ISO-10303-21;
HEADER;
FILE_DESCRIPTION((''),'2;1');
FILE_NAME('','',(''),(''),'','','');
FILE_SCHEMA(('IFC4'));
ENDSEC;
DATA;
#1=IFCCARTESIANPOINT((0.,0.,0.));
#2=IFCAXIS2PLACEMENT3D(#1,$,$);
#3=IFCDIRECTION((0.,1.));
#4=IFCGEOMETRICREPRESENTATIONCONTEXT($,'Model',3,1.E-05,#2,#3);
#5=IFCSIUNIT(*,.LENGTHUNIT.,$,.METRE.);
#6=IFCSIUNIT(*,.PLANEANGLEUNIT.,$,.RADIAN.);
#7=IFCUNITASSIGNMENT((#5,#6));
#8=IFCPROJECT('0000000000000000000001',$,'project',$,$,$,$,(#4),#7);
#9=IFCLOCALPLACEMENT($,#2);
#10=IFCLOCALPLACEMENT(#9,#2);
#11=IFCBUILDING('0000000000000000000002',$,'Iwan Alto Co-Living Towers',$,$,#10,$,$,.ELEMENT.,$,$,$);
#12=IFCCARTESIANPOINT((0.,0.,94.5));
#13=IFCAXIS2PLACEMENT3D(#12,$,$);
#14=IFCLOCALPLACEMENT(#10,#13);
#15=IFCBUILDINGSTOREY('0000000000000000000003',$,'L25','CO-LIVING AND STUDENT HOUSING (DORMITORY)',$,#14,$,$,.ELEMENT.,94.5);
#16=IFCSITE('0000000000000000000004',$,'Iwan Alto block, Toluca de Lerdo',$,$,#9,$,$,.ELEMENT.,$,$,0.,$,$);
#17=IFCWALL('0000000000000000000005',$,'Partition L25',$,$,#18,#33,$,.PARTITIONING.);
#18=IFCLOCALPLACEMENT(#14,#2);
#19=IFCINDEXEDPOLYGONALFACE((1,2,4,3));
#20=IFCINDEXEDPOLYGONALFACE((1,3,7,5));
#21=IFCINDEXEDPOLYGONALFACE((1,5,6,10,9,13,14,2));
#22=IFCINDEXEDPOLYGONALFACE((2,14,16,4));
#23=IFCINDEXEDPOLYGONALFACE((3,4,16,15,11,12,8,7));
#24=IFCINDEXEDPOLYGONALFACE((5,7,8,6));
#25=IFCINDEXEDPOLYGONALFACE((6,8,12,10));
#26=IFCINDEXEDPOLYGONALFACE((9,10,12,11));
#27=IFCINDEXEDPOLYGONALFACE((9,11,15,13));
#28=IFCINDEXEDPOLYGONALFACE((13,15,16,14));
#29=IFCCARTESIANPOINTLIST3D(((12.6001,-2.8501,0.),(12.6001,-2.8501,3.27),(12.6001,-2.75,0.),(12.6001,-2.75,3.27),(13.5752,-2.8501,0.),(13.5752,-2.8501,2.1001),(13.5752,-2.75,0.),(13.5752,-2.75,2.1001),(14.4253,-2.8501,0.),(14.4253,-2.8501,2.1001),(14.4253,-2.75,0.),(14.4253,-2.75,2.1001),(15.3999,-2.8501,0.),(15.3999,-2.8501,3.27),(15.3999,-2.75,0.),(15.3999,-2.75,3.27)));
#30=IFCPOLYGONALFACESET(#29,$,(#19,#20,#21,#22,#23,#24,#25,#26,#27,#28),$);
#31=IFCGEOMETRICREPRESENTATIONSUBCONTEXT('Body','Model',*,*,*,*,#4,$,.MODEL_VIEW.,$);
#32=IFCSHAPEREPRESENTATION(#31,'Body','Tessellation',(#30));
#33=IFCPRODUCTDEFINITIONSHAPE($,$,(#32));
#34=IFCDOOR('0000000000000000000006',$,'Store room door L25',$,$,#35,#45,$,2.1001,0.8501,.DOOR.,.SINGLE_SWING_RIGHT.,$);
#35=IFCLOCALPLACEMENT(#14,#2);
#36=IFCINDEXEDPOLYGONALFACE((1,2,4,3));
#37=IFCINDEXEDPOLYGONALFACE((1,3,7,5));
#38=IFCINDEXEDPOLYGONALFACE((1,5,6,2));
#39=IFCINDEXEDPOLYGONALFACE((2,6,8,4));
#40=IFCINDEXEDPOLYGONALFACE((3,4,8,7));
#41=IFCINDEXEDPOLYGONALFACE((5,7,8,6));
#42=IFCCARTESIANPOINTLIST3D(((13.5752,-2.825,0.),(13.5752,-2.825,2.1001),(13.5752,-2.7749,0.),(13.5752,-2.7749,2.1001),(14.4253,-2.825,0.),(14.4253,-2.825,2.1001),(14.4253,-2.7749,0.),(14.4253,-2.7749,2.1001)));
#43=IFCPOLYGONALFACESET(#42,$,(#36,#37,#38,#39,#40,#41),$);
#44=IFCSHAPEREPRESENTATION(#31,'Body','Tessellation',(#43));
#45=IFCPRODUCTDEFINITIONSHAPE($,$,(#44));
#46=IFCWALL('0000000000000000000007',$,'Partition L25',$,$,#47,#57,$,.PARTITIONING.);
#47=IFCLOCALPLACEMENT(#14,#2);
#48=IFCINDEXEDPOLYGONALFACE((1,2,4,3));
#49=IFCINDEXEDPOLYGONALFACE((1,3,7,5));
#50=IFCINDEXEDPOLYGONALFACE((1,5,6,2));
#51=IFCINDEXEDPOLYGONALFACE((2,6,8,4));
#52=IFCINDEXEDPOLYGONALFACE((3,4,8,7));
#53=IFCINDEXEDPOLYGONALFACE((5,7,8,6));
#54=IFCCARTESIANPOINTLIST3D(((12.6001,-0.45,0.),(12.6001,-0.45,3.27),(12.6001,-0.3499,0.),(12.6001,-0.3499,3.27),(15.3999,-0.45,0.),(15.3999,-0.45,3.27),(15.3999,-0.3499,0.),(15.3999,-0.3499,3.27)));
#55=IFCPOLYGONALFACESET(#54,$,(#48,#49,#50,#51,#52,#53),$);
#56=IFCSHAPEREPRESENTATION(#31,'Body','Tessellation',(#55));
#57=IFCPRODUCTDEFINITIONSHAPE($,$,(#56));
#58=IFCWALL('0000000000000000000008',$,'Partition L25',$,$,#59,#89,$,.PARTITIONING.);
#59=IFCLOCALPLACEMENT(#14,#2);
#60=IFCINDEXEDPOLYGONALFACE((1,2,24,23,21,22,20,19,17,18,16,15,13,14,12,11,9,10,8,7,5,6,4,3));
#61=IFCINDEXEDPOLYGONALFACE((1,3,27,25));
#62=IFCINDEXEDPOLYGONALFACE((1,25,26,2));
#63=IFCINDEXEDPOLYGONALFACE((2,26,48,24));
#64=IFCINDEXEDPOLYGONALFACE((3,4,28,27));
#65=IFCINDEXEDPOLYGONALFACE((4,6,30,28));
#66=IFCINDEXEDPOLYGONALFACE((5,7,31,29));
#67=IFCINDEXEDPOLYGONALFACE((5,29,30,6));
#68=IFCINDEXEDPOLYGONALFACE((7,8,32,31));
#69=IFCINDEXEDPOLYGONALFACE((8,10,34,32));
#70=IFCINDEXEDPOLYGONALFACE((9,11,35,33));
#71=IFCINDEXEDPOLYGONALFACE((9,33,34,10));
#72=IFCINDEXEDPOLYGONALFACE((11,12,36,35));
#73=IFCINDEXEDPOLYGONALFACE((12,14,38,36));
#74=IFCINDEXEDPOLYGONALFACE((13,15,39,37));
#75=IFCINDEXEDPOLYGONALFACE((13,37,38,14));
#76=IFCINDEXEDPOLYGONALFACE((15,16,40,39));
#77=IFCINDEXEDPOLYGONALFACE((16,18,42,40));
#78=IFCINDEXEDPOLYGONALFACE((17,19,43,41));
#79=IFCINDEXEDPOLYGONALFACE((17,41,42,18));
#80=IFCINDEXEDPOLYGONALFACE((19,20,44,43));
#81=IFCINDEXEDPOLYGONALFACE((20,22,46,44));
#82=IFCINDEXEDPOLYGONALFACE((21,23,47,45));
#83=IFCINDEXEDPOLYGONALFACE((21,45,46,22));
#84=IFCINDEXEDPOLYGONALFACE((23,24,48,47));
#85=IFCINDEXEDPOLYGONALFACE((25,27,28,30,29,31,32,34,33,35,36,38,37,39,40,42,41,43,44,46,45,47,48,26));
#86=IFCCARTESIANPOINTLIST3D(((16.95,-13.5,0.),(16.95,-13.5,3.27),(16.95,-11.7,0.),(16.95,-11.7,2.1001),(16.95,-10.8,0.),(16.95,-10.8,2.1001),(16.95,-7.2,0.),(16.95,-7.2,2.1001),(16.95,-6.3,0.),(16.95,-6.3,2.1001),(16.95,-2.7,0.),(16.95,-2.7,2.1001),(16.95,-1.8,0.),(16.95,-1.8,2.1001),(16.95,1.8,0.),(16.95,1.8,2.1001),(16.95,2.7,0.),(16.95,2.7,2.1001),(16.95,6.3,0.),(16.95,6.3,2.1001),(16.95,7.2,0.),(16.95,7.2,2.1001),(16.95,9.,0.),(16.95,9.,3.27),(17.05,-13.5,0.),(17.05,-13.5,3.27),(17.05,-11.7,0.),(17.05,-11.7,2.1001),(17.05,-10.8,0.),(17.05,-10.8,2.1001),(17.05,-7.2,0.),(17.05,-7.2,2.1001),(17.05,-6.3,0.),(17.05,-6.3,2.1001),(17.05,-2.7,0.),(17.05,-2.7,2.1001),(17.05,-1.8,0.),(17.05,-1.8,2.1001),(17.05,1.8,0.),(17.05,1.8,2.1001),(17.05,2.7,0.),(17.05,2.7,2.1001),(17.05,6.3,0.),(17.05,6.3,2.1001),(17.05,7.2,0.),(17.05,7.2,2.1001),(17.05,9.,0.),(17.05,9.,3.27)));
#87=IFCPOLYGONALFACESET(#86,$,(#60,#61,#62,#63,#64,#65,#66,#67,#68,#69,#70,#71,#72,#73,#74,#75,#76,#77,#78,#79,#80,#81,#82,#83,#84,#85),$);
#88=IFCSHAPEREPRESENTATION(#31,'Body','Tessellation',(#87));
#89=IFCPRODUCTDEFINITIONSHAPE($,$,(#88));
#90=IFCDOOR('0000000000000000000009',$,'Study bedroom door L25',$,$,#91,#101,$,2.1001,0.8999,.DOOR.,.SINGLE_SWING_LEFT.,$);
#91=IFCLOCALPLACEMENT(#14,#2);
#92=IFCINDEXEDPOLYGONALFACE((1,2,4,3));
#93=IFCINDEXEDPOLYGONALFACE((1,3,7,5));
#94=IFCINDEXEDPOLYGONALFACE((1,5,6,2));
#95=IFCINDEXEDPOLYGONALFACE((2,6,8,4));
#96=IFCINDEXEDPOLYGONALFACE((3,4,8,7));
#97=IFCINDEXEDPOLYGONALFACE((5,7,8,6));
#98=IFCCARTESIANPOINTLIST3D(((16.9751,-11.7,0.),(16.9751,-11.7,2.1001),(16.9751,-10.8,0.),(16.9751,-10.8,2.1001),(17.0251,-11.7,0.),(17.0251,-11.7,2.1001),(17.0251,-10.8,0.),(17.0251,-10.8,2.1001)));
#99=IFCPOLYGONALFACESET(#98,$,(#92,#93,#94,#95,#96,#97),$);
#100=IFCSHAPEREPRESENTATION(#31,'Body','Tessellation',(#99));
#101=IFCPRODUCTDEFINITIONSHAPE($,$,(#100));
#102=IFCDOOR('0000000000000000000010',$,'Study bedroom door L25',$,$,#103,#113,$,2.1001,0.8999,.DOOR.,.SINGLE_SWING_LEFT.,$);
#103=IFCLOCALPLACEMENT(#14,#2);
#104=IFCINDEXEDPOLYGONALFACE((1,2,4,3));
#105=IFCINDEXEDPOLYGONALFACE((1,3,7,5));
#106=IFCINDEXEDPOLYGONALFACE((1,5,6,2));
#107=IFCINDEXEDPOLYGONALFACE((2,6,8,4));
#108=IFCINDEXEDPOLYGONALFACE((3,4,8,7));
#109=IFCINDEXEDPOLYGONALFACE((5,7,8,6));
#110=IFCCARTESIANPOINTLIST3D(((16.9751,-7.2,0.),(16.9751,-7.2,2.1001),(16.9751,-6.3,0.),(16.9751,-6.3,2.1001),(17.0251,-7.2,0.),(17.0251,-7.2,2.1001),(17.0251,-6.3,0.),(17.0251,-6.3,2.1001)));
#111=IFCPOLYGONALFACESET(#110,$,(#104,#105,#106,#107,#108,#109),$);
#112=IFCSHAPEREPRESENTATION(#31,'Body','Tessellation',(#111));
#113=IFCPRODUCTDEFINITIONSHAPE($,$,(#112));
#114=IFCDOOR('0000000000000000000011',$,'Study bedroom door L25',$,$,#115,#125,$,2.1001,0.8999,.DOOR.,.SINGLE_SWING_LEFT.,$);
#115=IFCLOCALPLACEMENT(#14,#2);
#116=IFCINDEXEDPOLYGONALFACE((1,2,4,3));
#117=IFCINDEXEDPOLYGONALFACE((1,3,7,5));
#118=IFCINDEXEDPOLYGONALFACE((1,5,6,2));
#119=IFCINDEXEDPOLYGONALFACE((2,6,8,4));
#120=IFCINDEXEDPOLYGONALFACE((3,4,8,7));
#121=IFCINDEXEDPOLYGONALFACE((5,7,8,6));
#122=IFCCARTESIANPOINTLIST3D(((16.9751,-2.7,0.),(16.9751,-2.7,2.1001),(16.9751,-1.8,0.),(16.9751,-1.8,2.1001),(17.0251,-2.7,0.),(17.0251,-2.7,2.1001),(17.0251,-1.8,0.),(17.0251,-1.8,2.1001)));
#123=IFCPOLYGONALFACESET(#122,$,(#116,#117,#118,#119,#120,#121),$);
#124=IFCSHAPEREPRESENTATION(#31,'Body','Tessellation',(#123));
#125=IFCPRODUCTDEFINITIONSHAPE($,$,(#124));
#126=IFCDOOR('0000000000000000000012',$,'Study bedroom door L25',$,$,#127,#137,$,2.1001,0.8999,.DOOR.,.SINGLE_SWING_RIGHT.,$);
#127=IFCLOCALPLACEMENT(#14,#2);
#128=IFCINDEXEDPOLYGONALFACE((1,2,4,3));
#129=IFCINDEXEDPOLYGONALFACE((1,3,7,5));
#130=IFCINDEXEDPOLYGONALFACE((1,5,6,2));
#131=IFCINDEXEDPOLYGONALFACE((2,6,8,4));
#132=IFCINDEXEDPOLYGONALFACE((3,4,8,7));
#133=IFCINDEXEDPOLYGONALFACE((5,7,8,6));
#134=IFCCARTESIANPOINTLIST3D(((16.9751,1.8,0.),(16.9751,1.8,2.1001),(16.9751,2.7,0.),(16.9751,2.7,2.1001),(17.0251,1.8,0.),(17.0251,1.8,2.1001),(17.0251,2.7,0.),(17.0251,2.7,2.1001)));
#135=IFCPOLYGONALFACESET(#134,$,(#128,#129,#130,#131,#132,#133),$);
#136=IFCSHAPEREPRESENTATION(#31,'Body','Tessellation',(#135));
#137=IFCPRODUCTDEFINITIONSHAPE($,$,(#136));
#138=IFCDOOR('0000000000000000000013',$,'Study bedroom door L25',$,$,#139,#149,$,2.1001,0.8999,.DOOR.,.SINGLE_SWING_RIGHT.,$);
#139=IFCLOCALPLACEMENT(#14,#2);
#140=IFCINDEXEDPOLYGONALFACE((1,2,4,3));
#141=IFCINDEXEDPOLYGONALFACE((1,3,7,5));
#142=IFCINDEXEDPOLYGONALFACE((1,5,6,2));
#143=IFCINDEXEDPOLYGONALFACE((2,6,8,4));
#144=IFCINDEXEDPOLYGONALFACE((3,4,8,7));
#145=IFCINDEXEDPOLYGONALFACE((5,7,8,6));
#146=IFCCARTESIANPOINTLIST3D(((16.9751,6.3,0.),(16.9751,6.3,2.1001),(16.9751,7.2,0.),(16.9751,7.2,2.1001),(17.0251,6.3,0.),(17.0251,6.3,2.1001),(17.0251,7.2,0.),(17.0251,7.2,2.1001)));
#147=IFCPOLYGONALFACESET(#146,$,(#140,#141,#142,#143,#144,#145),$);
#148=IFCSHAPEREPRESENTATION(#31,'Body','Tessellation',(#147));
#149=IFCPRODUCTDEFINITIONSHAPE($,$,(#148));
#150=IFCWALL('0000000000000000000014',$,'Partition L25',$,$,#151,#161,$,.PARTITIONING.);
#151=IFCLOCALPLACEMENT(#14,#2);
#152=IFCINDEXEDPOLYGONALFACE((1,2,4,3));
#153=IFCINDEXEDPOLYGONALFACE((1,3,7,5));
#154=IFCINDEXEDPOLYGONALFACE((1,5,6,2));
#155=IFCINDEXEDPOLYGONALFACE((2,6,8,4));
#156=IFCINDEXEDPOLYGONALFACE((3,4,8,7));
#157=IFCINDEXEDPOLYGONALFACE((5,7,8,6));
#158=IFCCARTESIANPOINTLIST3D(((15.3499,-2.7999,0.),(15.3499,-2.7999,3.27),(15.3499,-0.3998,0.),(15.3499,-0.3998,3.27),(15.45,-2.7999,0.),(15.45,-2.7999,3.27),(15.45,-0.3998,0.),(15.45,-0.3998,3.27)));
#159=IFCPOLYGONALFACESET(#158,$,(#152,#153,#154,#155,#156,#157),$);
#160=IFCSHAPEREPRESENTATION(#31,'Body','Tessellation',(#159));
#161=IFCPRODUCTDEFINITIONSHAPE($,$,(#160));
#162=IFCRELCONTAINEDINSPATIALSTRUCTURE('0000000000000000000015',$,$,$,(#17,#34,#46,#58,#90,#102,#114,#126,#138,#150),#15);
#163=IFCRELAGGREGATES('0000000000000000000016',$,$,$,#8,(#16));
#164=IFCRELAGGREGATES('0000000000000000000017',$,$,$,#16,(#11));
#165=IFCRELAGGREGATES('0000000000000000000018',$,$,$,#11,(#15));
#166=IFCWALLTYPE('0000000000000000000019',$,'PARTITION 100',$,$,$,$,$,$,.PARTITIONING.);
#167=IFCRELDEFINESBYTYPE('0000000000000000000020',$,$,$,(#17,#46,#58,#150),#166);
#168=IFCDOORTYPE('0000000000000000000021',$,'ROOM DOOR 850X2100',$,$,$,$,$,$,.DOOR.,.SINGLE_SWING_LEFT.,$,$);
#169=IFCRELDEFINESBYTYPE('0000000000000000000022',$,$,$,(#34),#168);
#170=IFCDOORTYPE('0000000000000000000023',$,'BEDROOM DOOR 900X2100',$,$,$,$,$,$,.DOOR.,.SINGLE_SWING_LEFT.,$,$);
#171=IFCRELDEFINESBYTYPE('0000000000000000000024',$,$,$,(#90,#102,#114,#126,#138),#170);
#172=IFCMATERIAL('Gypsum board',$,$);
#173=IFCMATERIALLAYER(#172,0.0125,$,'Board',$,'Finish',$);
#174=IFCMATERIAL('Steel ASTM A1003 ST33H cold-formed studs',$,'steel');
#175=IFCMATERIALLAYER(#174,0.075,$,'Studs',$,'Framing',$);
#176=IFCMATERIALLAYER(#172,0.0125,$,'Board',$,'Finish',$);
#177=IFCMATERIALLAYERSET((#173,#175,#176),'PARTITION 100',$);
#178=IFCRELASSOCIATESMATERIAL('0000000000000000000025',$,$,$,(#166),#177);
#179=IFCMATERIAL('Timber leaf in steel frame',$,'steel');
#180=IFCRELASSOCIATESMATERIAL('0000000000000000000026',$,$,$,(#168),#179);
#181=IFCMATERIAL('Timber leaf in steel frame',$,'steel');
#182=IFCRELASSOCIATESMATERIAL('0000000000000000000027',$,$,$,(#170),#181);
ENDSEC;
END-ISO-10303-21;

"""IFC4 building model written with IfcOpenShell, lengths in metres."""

from ifc_helpers import new_model, si_unit, direction, frame, frame_2d, origin, place, context, subcontext, project, spatial, rectangle, extrude, material, layer, layer_set, type_object, element, fill, save


model = new_model("IFC4")

# Units and contexts
model_context = context("Model", 3, precision=1e-05, world=origin(), true_north=direction((0.0, 1.0)))
body_context = subcontext(model_context, "Body", "Model", "MODEL_VIEW")
ifc_project = project(units=[si_unit("LENGTHUNIT", "METRE"), si_unit("PLANEANGLEUNIT", "RADIAN")], contexts=[model_context])

# Site, building, storey
site_placement = place(None, origin())
site = spatial("IfcSite", under=ifc_project, at=site_placement, Name="Iwan Alto block, Toluca de Lerdo", CompositionType="ELEMENT", RefElevation=0.0)
building_placement = place(site_placement, origin())
building = spatial("IfcBuilding", under=site, at=building_placement, Name="Iwan Alto Co-Living Towers", CompositionType="ELEMENT")
storey_placement = place(building_placement, frame((0.0, 0.0, 94.5)))
storey = spatial("IfcBuildingStorey", under=building, at=storey_placement, Name="L25", Description="CO-LIVING AND STUDENT HOUSING (DORMITORY)", CompositionType="ELEMENT", Elevation=94.5)

# Shared definitions
ifc_material_1 = material(Name="Gypsum board")
ifc_material_2 = material(Name="Steel ASTM A1003 ST33H cold-formed studs", Category="steel")

# Shared definitions
ifc_layer_1 = layer(ifc_material_1, 0.0125, Name="Board", Category="Finish")
ifc_layer_2 = layer(ifc_material_2, 0.075, Name="Studs", Category="Framing")
ifc_layer_3 = layer(ifc_material_1, 0.0125, Name="Board", Category="Finish")
ifc_layer_set_1 = layer_set([ifc_layer_1, ifc_layer_2, ifc_layer_3], Name="PARTITION 100")
wall_type_1 = type_object("IfcWallType", Name="PARTITION 100", PredefinedType="PARTITIONING", material=ifc_layer_set_1)

# Wall, opening, door
wall_1_placement = place(storey_placement, frame((12.6001, -2.8, 0.0), z_axis=(0.0, 0.0, 1.0), x_axis=(1.0, 0.0, 0.0)))
wall_1 = element("IfcWall", 1, at=wall_1_placement, inside=storey, type_object=wall_type_1, Name="Partition L25", PredefinedType="PARTITIONING", context=body_context, shape_type="SweptSolid", body=[
    extrude(rectangle(XDim=2.7998, YDim=0.1001, at=frame_2d((1.3999, 0.0))), origin(), (0.0, 0.0, 1.0), 3.27),
])
opening_1_placement = place(wall_1_placement, frame((0.9751, 0.0, 0.0)))
opening_1 = element("IfcOpeningElement", 2, at=opening_1_placement, cuts=wall_1, PredefinedType="OPENING", context=body_context, shape_type="SweptSolid", body=[
    extrude(rectangle(XDim=0.8501, YDim=2.1001, at=frame_2d((0.425, 1.05))), frame((0.0, 0.0601, 0.0), z_axis=(0.0, -1.0, 0.0), x_axis=(1.0, 0.0, 0.0)), (0.0, 0.0, 1.0), 0.1201),
])
ifc_material_3 = material(Name="Timber leaf in steel frame", Category="steel")
door_type_1 = type_object("IfcDoorType", Name="ROOM DOOR 850X2100", OperationType="SINGLE_SWING_LEFT", PredefinedType="DOOR", material=ifc_material_3)
door_1_placement = place(opening_1_placement, frame((0.8501, 0.0, 0.0), z_axis=(0.0, 0.0, 1.0), x_axis=(-1.0, 0.0, 0.0)))
door_1 = element("IfcDoor", 3, at=door_1_placement, inside=storey, type_object=door_type_1, Name="Store room door L25", OperationType="SINGLE_SWING_RIGHT", OverallHeight=2.1001, OverallWidth=0.8501, PredefinedType="DOOR", context=body_context, shape_type="SweptSolid", body=[
    extrude(rectangle(XDim=0.8501, YDim=2.1001, at=frame_2d((0.425, 1.05))), frame((0.0, 0.0249, 0.0), z_axis=(0.0, -1.0, 0.0), x_axis=(1.0, 0.0, 0.0)), (0.0, 0.0, 1.0), 0.05),
])
fill(opening_1, door_1)

# Wall
wall_2_placement = place(storey_placement, frame((12.6001, -0.3999, 0.0), z_axis=(0.0, 0.0, 1.0), x_axis=(1.0, 0.0, 0.0)))
element("IfcWall", 4, at=wall_2_placement, inside=storey, type_object=wall_type_1, Name="Partition L25", PredefinedType="PARTITIONING", context=body_context, shape_type="SweptSolid", body=[
    extrude(rectangle(XDim=2.7998, YDim=0.1001, at=frame_2d((1.3999, 0.0))), origin(), (0.0, 0.0, 1.0), 3.27),
])

# Wall, openings, doors
wall_3_placement = place(storey_placement, frame((17.0, -13.5, 0.0), z_axis=(0.0, 0.0, 1.0), x_axis=(0.0, 1.0, 0.0)))
wall_3 = element("IfcWall", 5, at=wall_3_placement, inside=storey, type_object=wall_type_1, Name="Partition L25", PredefinedType="PARTITIONING", context=body_context, shape_type="SweptSolid", body=[
    extrude(rectangle(XDim=22.5, YDim=0.1001, at=frame_2d((11.25, 0.0))), origin(), (0.0, 0.0, 1.0), 3.27),
])
opening_2_placement = place(wall_3_placement, frame((1.8, 0.0, 0.0)))
opening_2 = element("IfcOpeningElement", 6, at=opening_2_placement, cuts=wall_3, PredefinedType="OPENING", context=body_context, shape_type="SweptSolid", body=[
    extrude(rectangle(XDim=0.8999, YDim=2.1001, at=frame_2d((0.45, 1.05))), frame((0.0, 0.0601, 0.0), z_axis=(0.0, -1.0, 0.0), x_axis=(1.0, 0.0, 0.0)), (0.0, 0.0, 1.0), 0.1201),
])
opening_3_placement = place(wall_3_placement, frame((6.3, 0.0, 0.0)))
opening_3 = element("IfcOpeningElement", 7, at=opening_3_placement, cuts=wall_3, PredefinedType="OPENING", context=body_context, shape_type="SweptSolid", body=[
    extrude(rectangle(XDim=0.8999, YDim=2.1001, at=frame_2d((0.45, 1.05))), frame((0.0, 0.0601, 0.0), z_axis=(0.0, -1.0, 0.0), x_axis=(1.0, 0.0, 0.0)), (0.0, 0.0, 1.0), 0.1201),
])
opening_4_placement = place(wall_3_placement, frame((10.8, 0.0, 0.0)))
opening_4 = element("IfcOpeningElement", 8, at=opening_4_placement, cuts=wall_3, PredefinedType="OPENING", context=body_context, shape_type="SweptSolid", body=[
    extrude(rectangle(XDim=0.8999, YDim=2.1001, at=frame_2d((0.45, 1.05))), frame((0.0, 0.0601, 0.0), z_axis=(0.0, -1.0, 0.0), x_axis=(1.0, 0.0, 0.0)), (0.0, 0.0, 1.0), 0.1201),
])
opening_5_placement = place(wall_3_placement, frame((15.3, 0.0, 0.0)))
opening_5 = element("IfcOpeningElement", 9, at=opening_5_placement, cuts=wall_3, PredefinedType="OPENING", context=body_context, shape_type="SweptSolid", body=[
    extrude(rectangle(XDim=0.8999, YDim=2.1001, at=frame_2d((0.45, 1.05))), frame((0.0, 0.0601, 0.0), z_axis=(0.0, -1.0, 0.0), x_axis=(1.0, 0.0, 0.0)), (0.0, 0.0, 1.0), 0.1201),
])
opening_6_placement = place(wall_3_placement, frame((19.8, 0.0, 0.0)))
opening_6 = element("IfcOpeningElement", 10, at=opening_6_placement, cuts=wall_3, PredefinedType="OPENING", context=body_context, shape_type="SweptSolid", body=[
    extrude(rectangle(XDim=0.8999, YDim=2.1001, at=frame_2d((0.45, 1.05))), frame((0.0, 0.0601, 0.0), z_axis=(0.0, -1.0, 0.0), x_axis=(1.0, 0.0, 0.0)), (0.0, 0.0, 1.0), 0.1201),
])
ifc_material_4 = material(Name="Timber leaf in steel frame", Category="steel")
door_type_2 = type_object("IfcDoorType", Name="BEDROOM DOOR 900X2100", OperationType="SINGLE_SWING_LEFT", PredefinedType="DOOR", material=ifc_material_4)
door_2_placement = place(opening_2_placement, origin())
door_2 = element("IfcDoor", 11, at=door_2_placement, inside=storey, type_object=door_type_2, Name="Study bedroom door L25", OperationType="SINGLE_SWING_LEFT", OverallHeight=2.1001, OverallWidth=0.8999, PredefinedType="DOOR", context=body_context, shape_type="SweptSolid", body=[
    extrude(rectangle(XDim=0.8999, YDim=2.1001, at=frame_2d((0.45, 1.05))), frame((0.0, 0.0249, 0.0), z_axis=(0.0, -1.0, 0.0), x_axis=(1.0, 0.0, 0.0)), (0.0, 0.0, 1.0), 0.05),
])
fill(opening_2, door_2)
door_3_placement = place(opening_3_placement, origin())
door_3 = element("IfcDoor", 12, at=door_3_placement, inside=storey, type_object=door_type_2, Name="Study bedroom door L25", OperationType="SINGLE_SWING_LEFT", OverallHeight=2.1001, OverallWidth=0.8999, PredefinedType="DOOR", context=body_context, shape_type="SweptSolid", body=[
    extrude(rectangle(XDim=0.8999, YDim=2.1001, at=frame_2d((0.45, 1.05))), frame((0.0, 0.0249, 0.0), z_axis=(0.0, -1.0, 0.0), x_axis=(1.0, 0.0, 0.0)), (0.0, 0.0, 1.0), 0.05),
])
fill(opening_3, door_3)
door_4_placement = place(opening_4_placement, origin())
door_4 = element("IfcDoor", 13, at=door_4_placement, inside=storey, type_object=door_type_2, Name="Study bedroom door L25", OperationType="SINGLE_SWING_LEFT", OverallHeight=2.1001, OverallWidth=0.8999, PredefinedType="DOOR", context=body_context, shape_type="SweptSolid", body=[
    extrude(rectangle(XDim=0.8999, YDim=2.1001, at=frame_2d((0.45, 1.05))), frame((0.0, 0.0249, 0.0), z_axis=(0.0, -1.0, 0.0), x_axis=(1.0, 0.0, 0.0)), (0.0, 0.0, 1.0), 0.05),
])
fill(opening_4, door_4)
door_5_placement = place(opening_5_placement, origin())
door_5 = element("IfcDoor", 14, at=door_5_placement, inside=storey, type_object=door_type_2, Name="Study bedroom door L25", OperationType="SINGLE_SWING_RIGHT", OverallHeight=2.1001, OverallWidth=0.8999, PredefinedType="DOOR", context=body_context, shape_type="SweptSolid", body=[
    extrude(rectangle(XDim=0.8999, YDim=2.1001, at=frame_2d((0.45, 1.05))), frame((0.0, 0.0249, 0.0), z_axis=(0.0, -1.0, 0.0), x_axis=(1.0, 0.0, 0.0)), (0.0, 0.0, 1.0), 0.05),
])
fill(opening_5, door_5)
door_6_placement = place(opening_6_placement, origin())
door_6 = element("IfcDoor", 15, at=door_6_placement, inside=storey, type_object=door_type_2, Name="Study bedroom door L25", OperationType="SINGLE_SWING_RIGHT", OverallHeight=2.1001, OverallWidth=0.8999, PredefinedType="DOOR", context=body_context, shape_type="SweptSolid", body=[
    extrude(rectangle(XDim=0.8999, YDim=2.1001, at=frame_2d((0.45, 1.05))), frame((0.0, 0.0249, 0.0), z_axis=(0.0, -1.0, 0.0), x_axis=(1.0, 0.0, 0.0)), (0.0, 0.0, 1.0), 0.05),
])
fill(opening_6, door_6)

# Wall
wall_4_placement = place(storey_placement, frame((15.3999, -2.8, 0.0), z_axis=(0.0, 0.0, 1.0), x_axis=(0.0, 1.0, 0.0)))
element("IfcWall", 16, at=wall_4_placement, inside=storey, type_object=wall_type_1, Name="Partition L25", PredefinedType="PARTITIONING", context=body_context, shape_type="SweptSolid", body=[
    extrude(rectangle(XDim=2.4001, YDim=0.1001, at=frame_2d((1.2002, 0.0))), origin(), (0.0, 0.0, 1.0), 3.27),
])

save(model, "model.ifc")
